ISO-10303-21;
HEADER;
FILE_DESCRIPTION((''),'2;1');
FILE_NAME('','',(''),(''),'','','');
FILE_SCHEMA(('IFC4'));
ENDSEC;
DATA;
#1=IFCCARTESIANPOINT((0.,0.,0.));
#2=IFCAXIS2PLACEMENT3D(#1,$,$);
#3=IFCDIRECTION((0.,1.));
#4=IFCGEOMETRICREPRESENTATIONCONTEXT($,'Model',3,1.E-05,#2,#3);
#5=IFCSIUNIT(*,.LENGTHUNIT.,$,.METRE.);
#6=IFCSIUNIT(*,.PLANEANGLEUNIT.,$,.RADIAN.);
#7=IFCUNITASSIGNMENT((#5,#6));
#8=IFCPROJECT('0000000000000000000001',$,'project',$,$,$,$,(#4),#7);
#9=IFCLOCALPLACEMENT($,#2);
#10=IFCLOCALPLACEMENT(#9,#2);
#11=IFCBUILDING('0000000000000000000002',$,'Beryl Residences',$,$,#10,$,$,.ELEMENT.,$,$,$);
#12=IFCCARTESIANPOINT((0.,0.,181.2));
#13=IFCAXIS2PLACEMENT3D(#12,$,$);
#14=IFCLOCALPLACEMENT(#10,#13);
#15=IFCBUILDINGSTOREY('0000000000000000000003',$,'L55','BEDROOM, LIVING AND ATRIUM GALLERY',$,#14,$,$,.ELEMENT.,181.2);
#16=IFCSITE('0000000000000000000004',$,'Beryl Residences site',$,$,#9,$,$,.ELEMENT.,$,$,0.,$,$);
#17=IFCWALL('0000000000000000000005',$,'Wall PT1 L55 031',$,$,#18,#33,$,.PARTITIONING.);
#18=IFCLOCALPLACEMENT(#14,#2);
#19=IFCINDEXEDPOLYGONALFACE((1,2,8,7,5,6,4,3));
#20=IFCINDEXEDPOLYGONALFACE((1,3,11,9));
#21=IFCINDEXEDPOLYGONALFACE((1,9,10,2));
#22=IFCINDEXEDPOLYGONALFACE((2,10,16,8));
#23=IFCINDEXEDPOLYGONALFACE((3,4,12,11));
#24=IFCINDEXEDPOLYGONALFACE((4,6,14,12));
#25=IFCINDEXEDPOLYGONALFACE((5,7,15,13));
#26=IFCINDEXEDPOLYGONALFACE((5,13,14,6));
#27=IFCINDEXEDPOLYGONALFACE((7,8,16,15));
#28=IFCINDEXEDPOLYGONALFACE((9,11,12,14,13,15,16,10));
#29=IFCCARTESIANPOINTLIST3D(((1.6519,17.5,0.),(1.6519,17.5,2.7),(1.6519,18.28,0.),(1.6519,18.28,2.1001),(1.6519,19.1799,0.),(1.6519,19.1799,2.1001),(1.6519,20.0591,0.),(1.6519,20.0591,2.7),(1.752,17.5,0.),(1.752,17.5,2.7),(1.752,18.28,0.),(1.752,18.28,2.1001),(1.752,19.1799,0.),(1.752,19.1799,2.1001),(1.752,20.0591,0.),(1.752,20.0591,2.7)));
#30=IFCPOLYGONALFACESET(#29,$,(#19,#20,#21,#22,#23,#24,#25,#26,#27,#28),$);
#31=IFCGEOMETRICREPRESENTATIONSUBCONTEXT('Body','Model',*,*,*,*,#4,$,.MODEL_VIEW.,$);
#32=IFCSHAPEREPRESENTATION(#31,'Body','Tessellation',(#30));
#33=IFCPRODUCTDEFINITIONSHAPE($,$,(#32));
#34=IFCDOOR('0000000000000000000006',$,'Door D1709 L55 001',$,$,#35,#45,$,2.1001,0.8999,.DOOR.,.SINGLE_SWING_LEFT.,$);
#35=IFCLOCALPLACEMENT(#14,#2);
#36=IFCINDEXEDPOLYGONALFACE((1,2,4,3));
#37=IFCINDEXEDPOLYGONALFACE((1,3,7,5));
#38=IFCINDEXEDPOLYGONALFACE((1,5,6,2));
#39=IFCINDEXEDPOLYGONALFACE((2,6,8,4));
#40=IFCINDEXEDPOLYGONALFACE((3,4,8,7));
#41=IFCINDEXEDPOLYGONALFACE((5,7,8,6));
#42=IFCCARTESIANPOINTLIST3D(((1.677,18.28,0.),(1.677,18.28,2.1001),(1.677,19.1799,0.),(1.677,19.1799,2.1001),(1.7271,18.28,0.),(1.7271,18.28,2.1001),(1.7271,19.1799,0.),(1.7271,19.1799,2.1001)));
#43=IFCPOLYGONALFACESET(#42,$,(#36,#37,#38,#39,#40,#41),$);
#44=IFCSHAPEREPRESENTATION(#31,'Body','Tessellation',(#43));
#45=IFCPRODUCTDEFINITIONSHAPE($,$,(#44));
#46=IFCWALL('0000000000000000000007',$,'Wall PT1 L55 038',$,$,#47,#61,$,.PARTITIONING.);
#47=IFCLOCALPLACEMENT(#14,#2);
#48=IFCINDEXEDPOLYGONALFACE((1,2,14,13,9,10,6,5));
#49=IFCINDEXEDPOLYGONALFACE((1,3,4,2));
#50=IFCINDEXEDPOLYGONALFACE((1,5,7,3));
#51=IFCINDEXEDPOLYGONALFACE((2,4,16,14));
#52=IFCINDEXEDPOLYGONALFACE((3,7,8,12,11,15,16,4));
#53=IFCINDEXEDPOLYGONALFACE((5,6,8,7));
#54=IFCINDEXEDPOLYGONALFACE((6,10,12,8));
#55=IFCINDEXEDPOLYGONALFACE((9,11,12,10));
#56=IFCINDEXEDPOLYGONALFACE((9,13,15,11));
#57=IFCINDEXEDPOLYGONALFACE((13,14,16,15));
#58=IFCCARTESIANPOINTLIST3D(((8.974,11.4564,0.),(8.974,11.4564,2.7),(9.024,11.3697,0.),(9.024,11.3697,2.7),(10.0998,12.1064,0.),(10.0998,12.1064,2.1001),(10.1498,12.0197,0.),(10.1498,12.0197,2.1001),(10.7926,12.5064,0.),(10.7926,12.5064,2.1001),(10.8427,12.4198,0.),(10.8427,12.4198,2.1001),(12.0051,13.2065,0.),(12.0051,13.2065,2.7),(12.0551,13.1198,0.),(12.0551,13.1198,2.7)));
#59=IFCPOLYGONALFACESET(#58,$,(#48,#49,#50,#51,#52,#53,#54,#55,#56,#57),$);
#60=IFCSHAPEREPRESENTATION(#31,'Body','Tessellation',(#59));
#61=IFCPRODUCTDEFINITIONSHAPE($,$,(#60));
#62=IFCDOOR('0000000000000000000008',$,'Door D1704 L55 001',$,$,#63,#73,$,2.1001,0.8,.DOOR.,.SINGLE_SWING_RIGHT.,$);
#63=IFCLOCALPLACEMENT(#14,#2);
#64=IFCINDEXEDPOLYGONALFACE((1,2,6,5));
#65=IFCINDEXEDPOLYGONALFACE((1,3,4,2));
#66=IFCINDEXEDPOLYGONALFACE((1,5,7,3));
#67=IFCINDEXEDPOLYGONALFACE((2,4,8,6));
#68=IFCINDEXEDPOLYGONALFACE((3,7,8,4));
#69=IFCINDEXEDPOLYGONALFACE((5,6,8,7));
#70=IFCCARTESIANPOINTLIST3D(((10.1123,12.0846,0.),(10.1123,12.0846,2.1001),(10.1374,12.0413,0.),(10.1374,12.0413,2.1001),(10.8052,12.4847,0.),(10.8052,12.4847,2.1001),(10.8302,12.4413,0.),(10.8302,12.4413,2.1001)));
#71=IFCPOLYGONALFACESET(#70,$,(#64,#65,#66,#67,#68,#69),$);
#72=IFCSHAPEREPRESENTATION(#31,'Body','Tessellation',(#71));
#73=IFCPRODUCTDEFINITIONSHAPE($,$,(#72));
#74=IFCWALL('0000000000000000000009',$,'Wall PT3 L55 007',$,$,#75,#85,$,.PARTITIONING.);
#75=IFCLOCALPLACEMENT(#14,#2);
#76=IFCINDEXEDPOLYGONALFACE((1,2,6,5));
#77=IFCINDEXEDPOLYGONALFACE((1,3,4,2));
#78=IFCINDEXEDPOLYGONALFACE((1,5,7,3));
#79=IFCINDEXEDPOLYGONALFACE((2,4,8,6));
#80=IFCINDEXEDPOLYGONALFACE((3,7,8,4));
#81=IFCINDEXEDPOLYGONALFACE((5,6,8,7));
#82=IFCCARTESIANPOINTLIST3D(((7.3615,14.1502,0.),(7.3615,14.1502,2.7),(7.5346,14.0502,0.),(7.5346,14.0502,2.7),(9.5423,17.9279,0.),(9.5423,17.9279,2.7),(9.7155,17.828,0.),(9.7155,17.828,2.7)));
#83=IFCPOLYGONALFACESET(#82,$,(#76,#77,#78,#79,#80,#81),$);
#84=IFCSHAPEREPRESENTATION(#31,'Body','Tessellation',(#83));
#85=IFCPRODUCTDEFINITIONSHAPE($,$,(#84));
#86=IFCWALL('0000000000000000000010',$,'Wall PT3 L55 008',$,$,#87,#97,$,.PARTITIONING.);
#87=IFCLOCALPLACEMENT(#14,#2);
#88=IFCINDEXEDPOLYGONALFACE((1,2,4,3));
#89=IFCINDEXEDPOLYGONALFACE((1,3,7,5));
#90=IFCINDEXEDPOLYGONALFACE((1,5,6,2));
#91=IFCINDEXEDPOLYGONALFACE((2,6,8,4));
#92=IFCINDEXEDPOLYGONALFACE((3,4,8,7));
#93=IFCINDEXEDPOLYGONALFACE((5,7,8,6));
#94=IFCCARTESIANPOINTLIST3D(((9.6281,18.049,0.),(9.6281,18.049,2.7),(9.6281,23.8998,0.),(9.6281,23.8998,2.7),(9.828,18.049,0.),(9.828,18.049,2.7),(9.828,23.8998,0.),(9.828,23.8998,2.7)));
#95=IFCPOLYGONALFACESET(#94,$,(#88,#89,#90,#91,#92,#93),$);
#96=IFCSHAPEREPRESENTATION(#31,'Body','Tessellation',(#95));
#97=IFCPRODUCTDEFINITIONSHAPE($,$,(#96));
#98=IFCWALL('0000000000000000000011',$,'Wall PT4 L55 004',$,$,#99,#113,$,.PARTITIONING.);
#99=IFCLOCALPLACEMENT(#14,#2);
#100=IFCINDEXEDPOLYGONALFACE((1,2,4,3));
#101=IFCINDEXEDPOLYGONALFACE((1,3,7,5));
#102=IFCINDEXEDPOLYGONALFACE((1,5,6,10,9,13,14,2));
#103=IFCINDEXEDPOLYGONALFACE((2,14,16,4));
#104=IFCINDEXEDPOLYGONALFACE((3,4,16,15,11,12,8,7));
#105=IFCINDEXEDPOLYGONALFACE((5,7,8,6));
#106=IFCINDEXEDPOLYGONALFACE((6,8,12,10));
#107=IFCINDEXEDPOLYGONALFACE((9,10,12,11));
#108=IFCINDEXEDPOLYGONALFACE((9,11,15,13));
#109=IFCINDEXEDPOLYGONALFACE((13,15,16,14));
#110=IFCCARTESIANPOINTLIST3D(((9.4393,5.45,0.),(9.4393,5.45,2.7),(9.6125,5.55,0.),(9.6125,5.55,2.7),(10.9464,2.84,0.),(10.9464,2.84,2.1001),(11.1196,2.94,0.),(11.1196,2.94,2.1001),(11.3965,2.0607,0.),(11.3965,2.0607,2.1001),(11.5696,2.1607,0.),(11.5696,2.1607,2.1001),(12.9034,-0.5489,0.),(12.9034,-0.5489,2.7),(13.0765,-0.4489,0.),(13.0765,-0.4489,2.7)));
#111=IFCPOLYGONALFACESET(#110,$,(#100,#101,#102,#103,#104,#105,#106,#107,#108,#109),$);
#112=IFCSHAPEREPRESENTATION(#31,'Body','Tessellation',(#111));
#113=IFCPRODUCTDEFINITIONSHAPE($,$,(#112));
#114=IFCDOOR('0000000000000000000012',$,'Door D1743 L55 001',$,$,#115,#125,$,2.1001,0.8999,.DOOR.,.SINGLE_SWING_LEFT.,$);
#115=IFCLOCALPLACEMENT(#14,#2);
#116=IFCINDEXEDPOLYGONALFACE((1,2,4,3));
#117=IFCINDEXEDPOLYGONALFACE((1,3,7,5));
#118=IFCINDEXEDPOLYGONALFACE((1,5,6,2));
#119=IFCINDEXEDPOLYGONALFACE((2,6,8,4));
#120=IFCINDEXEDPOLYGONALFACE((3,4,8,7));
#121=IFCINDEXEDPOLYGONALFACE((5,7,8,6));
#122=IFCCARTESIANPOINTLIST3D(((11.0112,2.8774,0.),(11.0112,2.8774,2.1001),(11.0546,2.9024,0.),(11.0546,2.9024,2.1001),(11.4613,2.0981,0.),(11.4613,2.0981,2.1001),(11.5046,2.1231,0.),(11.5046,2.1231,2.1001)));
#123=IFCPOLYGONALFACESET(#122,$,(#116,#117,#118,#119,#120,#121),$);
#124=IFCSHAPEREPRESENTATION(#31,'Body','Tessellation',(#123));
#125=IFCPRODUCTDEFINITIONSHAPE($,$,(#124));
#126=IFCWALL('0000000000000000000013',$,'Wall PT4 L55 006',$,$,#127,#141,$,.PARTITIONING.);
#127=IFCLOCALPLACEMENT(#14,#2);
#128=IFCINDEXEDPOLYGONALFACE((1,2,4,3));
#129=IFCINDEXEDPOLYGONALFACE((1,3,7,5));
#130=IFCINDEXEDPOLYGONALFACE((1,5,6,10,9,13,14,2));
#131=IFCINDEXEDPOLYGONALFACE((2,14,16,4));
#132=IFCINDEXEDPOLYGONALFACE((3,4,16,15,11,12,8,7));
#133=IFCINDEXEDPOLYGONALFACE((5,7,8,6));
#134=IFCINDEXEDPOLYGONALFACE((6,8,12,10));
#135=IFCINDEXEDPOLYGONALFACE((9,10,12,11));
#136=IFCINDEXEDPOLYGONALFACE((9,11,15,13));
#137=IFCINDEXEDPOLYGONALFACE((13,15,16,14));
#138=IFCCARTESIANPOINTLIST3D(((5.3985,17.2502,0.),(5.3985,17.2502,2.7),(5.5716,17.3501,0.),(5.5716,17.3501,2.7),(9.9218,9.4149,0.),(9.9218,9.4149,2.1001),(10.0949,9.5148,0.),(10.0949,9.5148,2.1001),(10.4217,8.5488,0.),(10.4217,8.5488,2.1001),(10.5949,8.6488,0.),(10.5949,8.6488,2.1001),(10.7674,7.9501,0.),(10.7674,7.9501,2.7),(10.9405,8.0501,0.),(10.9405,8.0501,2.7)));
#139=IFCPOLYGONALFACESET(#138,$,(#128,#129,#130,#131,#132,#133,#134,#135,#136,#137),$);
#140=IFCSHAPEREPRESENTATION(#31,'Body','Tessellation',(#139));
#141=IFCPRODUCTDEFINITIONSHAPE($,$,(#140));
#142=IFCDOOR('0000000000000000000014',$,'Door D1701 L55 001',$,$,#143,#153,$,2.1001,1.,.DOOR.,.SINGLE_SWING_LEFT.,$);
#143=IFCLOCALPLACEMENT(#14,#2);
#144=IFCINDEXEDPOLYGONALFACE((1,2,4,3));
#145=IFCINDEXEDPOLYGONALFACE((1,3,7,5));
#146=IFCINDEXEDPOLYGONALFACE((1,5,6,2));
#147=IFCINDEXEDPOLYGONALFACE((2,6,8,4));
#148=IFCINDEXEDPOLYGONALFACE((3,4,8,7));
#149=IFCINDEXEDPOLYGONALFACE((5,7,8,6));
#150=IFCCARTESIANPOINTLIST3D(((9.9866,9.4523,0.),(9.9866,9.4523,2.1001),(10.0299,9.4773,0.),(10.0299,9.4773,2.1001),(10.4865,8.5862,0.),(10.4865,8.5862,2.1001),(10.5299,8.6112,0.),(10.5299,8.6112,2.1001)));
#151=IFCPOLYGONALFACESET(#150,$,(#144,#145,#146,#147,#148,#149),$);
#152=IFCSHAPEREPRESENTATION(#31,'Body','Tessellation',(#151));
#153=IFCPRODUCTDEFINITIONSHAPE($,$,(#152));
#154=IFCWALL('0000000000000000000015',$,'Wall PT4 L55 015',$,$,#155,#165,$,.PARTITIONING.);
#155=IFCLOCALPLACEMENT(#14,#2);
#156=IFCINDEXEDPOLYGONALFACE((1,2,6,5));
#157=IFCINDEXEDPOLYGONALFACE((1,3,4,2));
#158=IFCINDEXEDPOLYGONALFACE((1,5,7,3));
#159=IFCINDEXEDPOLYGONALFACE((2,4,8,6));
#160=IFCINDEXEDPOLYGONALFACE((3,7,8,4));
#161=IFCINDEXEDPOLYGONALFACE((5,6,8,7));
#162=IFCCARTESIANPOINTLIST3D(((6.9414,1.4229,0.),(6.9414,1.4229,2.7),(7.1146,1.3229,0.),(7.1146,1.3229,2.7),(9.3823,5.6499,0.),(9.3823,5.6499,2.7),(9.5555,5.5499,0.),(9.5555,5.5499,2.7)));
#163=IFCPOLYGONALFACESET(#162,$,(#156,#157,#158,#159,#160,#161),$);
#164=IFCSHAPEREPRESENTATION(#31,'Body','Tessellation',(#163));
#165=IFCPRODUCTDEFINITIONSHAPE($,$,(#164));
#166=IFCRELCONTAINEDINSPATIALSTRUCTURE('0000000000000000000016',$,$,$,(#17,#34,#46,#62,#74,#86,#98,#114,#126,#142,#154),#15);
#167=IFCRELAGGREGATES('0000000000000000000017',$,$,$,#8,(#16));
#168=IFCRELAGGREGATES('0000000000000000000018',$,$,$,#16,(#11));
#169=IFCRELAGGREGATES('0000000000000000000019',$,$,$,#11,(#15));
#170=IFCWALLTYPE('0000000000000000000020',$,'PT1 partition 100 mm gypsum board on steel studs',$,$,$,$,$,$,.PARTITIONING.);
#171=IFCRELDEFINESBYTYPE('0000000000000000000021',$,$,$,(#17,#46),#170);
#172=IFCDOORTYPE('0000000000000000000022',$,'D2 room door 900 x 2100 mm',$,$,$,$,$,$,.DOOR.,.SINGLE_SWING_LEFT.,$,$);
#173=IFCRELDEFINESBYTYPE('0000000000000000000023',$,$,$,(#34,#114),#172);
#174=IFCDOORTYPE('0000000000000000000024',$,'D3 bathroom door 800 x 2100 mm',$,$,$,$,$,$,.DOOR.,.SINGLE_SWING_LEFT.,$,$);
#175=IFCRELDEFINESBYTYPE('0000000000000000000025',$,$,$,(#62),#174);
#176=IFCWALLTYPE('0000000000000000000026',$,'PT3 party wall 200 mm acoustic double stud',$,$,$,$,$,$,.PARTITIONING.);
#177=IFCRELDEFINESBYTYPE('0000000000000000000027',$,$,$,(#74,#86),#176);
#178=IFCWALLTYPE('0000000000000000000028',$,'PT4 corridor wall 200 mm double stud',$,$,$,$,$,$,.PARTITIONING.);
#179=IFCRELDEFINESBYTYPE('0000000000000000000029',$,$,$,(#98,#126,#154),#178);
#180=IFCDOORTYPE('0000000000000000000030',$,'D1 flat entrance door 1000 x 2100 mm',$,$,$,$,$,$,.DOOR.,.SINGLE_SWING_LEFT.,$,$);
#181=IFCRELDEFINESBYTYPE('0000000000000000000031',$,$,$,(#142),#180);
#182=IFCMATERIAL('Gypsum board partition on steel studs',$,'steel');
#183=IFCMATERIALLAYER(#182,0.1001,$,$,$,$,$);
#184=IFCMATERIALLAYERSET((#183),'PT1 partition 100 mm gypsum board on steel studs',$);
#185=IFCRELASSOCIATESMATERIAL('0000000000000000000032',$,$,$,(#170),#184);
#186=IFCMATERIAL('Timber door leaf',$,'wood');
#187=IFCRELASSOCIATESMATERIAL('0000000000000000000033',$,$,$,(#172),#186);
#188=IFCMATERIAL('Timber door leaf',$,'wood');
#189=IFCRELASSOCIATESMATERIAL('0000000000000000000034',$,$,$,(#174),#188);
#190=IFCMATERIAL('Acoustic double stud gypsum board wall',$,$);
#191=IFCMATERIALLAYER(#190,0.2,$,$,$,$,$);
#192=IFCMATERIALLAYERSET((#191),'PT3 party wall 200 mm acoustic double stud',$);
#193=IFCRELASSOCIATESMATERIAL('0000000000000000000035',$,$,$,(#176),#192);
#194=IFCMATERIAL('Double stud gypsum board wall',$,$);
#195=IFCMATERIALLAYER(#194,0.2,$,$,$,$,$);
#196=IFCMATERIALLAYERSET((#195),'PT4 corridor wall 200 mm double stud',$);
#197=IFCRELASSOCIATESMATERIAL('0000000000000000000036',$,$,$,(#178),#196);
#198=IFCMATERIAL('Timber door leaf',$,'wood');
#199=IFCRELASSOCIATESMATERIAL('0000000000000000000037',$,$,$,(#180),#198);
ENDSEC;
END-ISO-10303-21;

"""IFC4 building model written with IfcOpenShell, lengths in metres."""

from ifc_helpers import new_model, si_unit, direction, frame, frame_2d, origin, place, context, subcontext, project, spatial, rectangle, extrude, material, layer, layer_set, type_object, element, fill, save


model = new_model("IFC4")

# Units and contexts
model_context = context("Model", 3, precision=1e-05, world=origin(), true_north=direction((0.0, 1.0)))
body_context = subcontext(model_context, "Body", "Model", "MODEL_VIEW")
ifc_project = project(units=[si_unit("LENGTHUNIT", "METRE"), si_unit("PLANEANGLEUNIT", "RADIAN")], contexts=[model_context])

# Site, building, storey
site_placement = place(None, origin())
site = spatial("IfcSite", under=ifc_project, at=site_placement, Name="Beryl Residences site", CompositionType="ELEMENT", RefElevation=0.0)
building_placement = place(site_placement, origin())
building = spatial("IfcBuilding", under=site, at=building_placement, Name="Beryl Residences", CompositionType="ELEMENT")
storey_placement = place(building_placement, frame((0.0, 0.0, 181.2)))
storey = spatial("IfcBuildingStorey", under=building, at=storey_placement, Name="L55", Description="BEDROOM, LIVING AND ATRIUM GALLERY", CompositionType="ELEMENT", Elevation=181.2)

# Walls, openings, doors
ifc_material_1 = material(Name="Gypsum board partition on steel studs", Category="steel")
ifc_layer_1 = layer(ifc_material_1, 0.1001)
ifc_layer_set_1 = layer_set([ifc_layer_1], Name="PT1 partition 100 mm gypsum board on steel studs")
wall_type_1 = type_object("IfcWallType", Name="PT1 partition 100 mm gypsum board on steel studs", PredefinedType="PARTITIONING", material=ifc_layer_set_1)
ifc_material_2 = material(Name="Timber door leaf", Category="wood")
door_type_1 = type_object("IfcDoorType", Name="D2 room door 900 x 2100 mm", OperationType="SINGLE_SWING_LEFT", PredefinedType="DOOR", material=ifc_material_2)
ifc_material_3 = material(Name="Timber door leaf", Category="wood")
door_type_2 = type_object("IfcDoorType", Name="D3 bathroom door 800 x 2100 mm", OperationType="SINGLE_SWING_LEFT", PredefinedType="DOOR", material=ifc_material_3)
wall_1_placement = place(storey_placement, frame((1.7019, 17.5, 0.0), z_axis=(0.0, 0.0, 1.0), x_axis=(0.0, 1.0, 0.0)))
wall_1 = element("IfcWall", 1, at=wall_1_placement, inside=storey, type_object=wall_type_1, Name="Wall PT1 L55 031", PredefinedType="PARTITIONING", context=body_context, shape_type="SweptSolid", body=[
    extrude(rectangle(XDim=2.5591, YDim=0.1001, at=frame_2d((1.2795, 0.0))), origin(), (0.0, 0.0, 1.0), 2.7),
])
opening_1_placement = place(wall_1_placement, frame((0.78, 0.0, 0.0)))
opening_1 = element("IfcOpeningElement", 2, at=opening_1_placement, cuts=wall_1, PredefinedType="OPENING", context=body_context, shape_type="SweptSolid", body=[
    extrude(rectangle(XDim=0.8999, YDim=2.1001, at=frame_2d((0.45, 1.05))), frame((0.0, 0.0601, 0.0), z_axis=(0.0, -1.0, 0.0), x_axis=(1.0, 0.0, 0.0)), (0.0, 0.0, 1.0), 0.1201),
])
door_1_placement = place(opening_1_placement, origin())
door_1 = element("IfcDoor", 3, at=door_1_placement, inside=storey, type_object=door_type_1, Name="Door D1709 L55 001", OperationType="SINGLE_SWING_LEFT", OverallHeight=2.1001, OverallWidth=0.8999, PredefinedType="DOOR", context=body_context, shape_type="SweptSolid", body=[
    extrude(rectangle(XDim=0.8999, YDim=2.1001, at=frame_2d((0.45, 1.05))), frame((0.0, 0.0249, 0.0), z_axis=(0.0, -1.0, 0.0), x_axis=(1.0, 0.0, 0.0)), (0.0, 0.0, 1.0), 0.05),
])
fill(opening_1, door_1)
wall_2_placement = place(storey_placement, frame((8.999, 11.4131, 0.0), z_axis=(0.0, 0.0, 1.0), x_axis=(0.866019, 0.50001, 0.0)))
wall_2 = element("IfcWall", 4, at=wall_2_placement, inside=storey, type_object=wall_type_1, Name="Wall PT1 L55 038", PredefinedType="PARTITIONING", context=body_context, shape_type="SweptSolid", body=[
    extrude(rectangle(XDim=3.5, YDim=0.1001, at=frame_2d((1.75, 0.0))), origin(), (0.0, 0.0, 1.0), 2.7),
])
opening_2_placement = place(wall_2_placement, frame((1.3, 0.0, 0.0)))
opening_2 = element("IfcOpeningElement", 5, at=opening_2_placement, cuts=wall_2, PredefinedType="OPENING", context=body_context, shape_type="SweptSolid", body=[
    extrude(rectangle(XDim=0.8, YDim=2.1001, at=frame_2d((0.3999, 1.05))), frame((0.0, 0.0601, 0.0), z_axis=(0.0, -1.0, 0.0), x_axis=(1.0, 0.0, 0.0)), (0.0, 0.0, 1.0), 0.1201),
])
door_2_placement = place(opening_2_placement, origin())
door_2 = element("IfcDoor", 6, at=door_2_placement, inside=storey, type_object=door_type_2, Name="Door D1704 L55 001", OperationType="SINGLE_SWING_RIGHT", OverallHeight=2.1001, OverallWidth=0.8, PredefinedType="DOOR", context=body_context, shape_type="SweptSolid", body=[
    extrude(rectangle(XDim=0.8, YDim=2.1001, at=frame_2d((0.3999, 1.05))), frame((0.0, 0.0249, 0.0), z_axis=(0.0, -1.0, 0.0), x_axis=(1.0, 0.0, 0.0)), (0.0, 0.0, 1.0), 0.05),
])
fill(opening_2, door_2)

# Walls
ifc_material_4 = material(Name="Acoustic double stud gypsum board wall")
ifc_layer_2 = layer(ifc_material_4, 0.2)
ifc_layer_set_2 = layer_set([ifc_layer_2], Name="PT3 party wall 200 mm acoustic double stud")
wall_type_2 = type_object("IfcWallType", Name="PT3 party wall 200 mm acoustic double stud", PredefinedType="PARTITIONING", material=ifc_layer_set_2)
wall_3_placement = place(storey_placement, frame((7.448, 14.1001, 0.0), z_axis=(0.0, 0.0, 1.0), x_axis=(0.499961, 0.866048, 0.0)))
element("IfcWall", 7, at=wall_3_placement, inside=storey, type_object=wall_type_2, Name="Wall PT3 L55 007", PredefinedType="PARTITIONING", context=body_context, shape_type="SweptSolid", body=[
    extrude(rectangle(XDim=4.3621, YDim=0.2, at=frame_2d((2.1812, 0.0))), origin(), (0.0, 0.0, 1.0), 2.7),
])
wall_4_placement = place(storey_placement, frame((9.728, 18.0491, 0.0), z_axis=(0.0, 0.0, 1.0), x_axis=(0.0, 1.0, 0.0)))
element("IfcWall", 8, at=wall_4_placement, inside=storey, type_object=wall_type_2, Name="Wall PT3 L55 008", PredefinedType="PARTITIONING", context=body_context, shape_type="SweptSolid", body=[
    extrude(rectangle(XDim=5.8508, YDim=0.2, at=frame_2d((2.9253, 0.0))), origin(), (0.0, 0.0, 1.0), 2.7),
])

# Walls, openings, doors
ifc_material_5 = material(Name="Double stud gypsum board wall")
ifc_layer_3 = layer(ifc_material_5, 0.2)
ifc_layer_set_3 = layer_set([ifc_layer_3], Name="PT4 corridor wall 200 mm double stud")
wall_type_3 = type_object("IfcWallType", Name="PT4 corridor wall 200 mm double stud", PredefinedType="PARTITIONING", material=ifc_layer_set_3)
wall_5_placement = place(storey_placement, frame((9.5259, 5.5, 0.0), z_axis=(0.0, 0.0, 1.0), x_axis=(0.500062, -0.86599, 0.0)))
wall_5 = element("IfcWall", 9, at=wall_5_placement, inside=storey, type_object=wall_type_3, Name="Wall PT4 L55 004", PredefinedType="PARTITIONING", context=body_context, shape_type="SweptSolid", body=[
    extrude(rectangle(XDim=6.9272, YDim=0.2, at=frame_2d((3.4636, 0.0))), origin(), (0.0, 0.0, 1.0), 2.7),
])
opening_3_placement = place(wall_5_placement, frame((3.0139, 0.0, 0.0)))
opening_3 = element("IfcOpeningElement", 10, at=opening_3_placement, cuts=wall_5, PredefinedType="OPENING", context=body_context, shape_type="SweptSolid", body=[
    extrude(rectangle(XDim=0.8999, YDim=2.1001, at=frame_2d((0.45, 1.05))), frame((0.0, 0.1099, 0.0), z_axis=(0.0, -1.0, 0.0), x_axis=(1.0, 0.0, 0.0)), (0.0, 0.0, 1.0), 0.22),
])
door_3_placement = place(opening_3_placement, origin())
door_3 = element("IfcDoor", 11, at=door_3_placement, inside=storey, type_object=door_type_1, Name="Door D1743 L55 001", OperationType="SINGLE_SWING_LEFT", OverallHeight=2.1001, OverallWidth=0.8999, PredefinedType="DOOR", context=body_context, shape_type="SweptSolid", body=[
    extrude(rectangle(XDim=0.8999, YDim=2.1001, at=frame_2d((0.45, 1.05))), frame((0.0, 0.0249, 0.0), z_axis=(0.0, -1.0, 0.0), x_axis=(1.0, 0.0, 0.0)), (0.0, 0.0, 1.0), 0.05),
])
fill(opening_3, door_3)
wall_6_placement = place(storey_placement, frame((5.4851, 17.3, 0.0), z_axis=(0.0, 0.0, 1.0), x_axis=(0.499966, -0.866045, 0.0)))
wall_6 = element("IfcWall", 12, at=wall_6_placement, inside=storey, type_object=wall_type_3, Name="Wall PT4 L55 006", PredefinedType="PARTITIONING", context=body_context, shape_type="SweptSolid", body=[
    extrude(rectangle(XDim=10.7385, YDim=0.2, at=frame_2d((5.3691, 0.0))), origin(), (0.0, 0.0, 1.0), 2.7),
])
opening_4_placement = place(wall_6_placement, frame((9.0471, 0.0, 0.0)))
opening_4 = element("IfcOpeningElement", 13, at=opening_4_placement, cuts=wall_6, PredefinedType="OPENING", context=body_context, shape_type="SweptSolid", body=[
    extrude(rectangle(XDim=1.0, YDim=2.1001, at=frame_2d((0.5, 1.05))), frame((0.0, 0.1099, 0.0), z_axis=(0.0, -1.0, 0.0), x_axis=(1.0, 0.0, 0.0)), (0.0, 0.0, 1.0), 0.22),
])
ifc_material_6 = material(Name="Timber door leaf", Category="wood")
door_type_3 = type_object("IfcDoorType", Name="D1 flat entrance door 1000 x 2100 mm", OperationType="SINGLE_SWING_LEFT", PredefinedType="DOOR", material=ifc_material_6)
door_4_placement = place(opening_4_placement, origin())
door_4 = element("IfcDoor", 14, at=door_4_placement, inside=storey, type_object=door_type_3, Name="Door D1701 L55 001", OperationType="SINGLE_SWING_LEFT", OverallHeight=2.1001, OverallWidth=1.0, PredefinedType="DOOR", context=body_context, shape_type="SweptSolid", body=[
    extrude(rectangle(XDim=1.0, YDim=2.1001, at=frame_2d((0.5, 1.05))), frame((0.0, 0.0249, 0.0), z_axis=(0.0, -1.0, 0.0), x_axis=(1.0, 0.0, 0.0)), (0.0, 0.0, 1.0), 0.05),
])
fill(opening_4, door_4)

# Wall
wall_7_placement = place(storey_placement, frame((7.0281, 1.373, 0.0), z_axis=(0.0, 0.0, 1.0), x_axis=(0.500066, 0.865987, 0.0)))
element("IfcWall", 15, at=wall_7_placement, inside=storey, type_object=wall_type_3, Name="Wall PT4 L55 015", PredefinedType="PARTITIONING", context=body_context, shape_type="SweptSolid", body=[
    extrude(rectangle(XDim=4.8811, YDim=0.2, at=frame_2d((2.4404, 0.0))), origin(), (0.0, 0.0, 1.0), 2.7),
])

save(model, "model.ifc")
